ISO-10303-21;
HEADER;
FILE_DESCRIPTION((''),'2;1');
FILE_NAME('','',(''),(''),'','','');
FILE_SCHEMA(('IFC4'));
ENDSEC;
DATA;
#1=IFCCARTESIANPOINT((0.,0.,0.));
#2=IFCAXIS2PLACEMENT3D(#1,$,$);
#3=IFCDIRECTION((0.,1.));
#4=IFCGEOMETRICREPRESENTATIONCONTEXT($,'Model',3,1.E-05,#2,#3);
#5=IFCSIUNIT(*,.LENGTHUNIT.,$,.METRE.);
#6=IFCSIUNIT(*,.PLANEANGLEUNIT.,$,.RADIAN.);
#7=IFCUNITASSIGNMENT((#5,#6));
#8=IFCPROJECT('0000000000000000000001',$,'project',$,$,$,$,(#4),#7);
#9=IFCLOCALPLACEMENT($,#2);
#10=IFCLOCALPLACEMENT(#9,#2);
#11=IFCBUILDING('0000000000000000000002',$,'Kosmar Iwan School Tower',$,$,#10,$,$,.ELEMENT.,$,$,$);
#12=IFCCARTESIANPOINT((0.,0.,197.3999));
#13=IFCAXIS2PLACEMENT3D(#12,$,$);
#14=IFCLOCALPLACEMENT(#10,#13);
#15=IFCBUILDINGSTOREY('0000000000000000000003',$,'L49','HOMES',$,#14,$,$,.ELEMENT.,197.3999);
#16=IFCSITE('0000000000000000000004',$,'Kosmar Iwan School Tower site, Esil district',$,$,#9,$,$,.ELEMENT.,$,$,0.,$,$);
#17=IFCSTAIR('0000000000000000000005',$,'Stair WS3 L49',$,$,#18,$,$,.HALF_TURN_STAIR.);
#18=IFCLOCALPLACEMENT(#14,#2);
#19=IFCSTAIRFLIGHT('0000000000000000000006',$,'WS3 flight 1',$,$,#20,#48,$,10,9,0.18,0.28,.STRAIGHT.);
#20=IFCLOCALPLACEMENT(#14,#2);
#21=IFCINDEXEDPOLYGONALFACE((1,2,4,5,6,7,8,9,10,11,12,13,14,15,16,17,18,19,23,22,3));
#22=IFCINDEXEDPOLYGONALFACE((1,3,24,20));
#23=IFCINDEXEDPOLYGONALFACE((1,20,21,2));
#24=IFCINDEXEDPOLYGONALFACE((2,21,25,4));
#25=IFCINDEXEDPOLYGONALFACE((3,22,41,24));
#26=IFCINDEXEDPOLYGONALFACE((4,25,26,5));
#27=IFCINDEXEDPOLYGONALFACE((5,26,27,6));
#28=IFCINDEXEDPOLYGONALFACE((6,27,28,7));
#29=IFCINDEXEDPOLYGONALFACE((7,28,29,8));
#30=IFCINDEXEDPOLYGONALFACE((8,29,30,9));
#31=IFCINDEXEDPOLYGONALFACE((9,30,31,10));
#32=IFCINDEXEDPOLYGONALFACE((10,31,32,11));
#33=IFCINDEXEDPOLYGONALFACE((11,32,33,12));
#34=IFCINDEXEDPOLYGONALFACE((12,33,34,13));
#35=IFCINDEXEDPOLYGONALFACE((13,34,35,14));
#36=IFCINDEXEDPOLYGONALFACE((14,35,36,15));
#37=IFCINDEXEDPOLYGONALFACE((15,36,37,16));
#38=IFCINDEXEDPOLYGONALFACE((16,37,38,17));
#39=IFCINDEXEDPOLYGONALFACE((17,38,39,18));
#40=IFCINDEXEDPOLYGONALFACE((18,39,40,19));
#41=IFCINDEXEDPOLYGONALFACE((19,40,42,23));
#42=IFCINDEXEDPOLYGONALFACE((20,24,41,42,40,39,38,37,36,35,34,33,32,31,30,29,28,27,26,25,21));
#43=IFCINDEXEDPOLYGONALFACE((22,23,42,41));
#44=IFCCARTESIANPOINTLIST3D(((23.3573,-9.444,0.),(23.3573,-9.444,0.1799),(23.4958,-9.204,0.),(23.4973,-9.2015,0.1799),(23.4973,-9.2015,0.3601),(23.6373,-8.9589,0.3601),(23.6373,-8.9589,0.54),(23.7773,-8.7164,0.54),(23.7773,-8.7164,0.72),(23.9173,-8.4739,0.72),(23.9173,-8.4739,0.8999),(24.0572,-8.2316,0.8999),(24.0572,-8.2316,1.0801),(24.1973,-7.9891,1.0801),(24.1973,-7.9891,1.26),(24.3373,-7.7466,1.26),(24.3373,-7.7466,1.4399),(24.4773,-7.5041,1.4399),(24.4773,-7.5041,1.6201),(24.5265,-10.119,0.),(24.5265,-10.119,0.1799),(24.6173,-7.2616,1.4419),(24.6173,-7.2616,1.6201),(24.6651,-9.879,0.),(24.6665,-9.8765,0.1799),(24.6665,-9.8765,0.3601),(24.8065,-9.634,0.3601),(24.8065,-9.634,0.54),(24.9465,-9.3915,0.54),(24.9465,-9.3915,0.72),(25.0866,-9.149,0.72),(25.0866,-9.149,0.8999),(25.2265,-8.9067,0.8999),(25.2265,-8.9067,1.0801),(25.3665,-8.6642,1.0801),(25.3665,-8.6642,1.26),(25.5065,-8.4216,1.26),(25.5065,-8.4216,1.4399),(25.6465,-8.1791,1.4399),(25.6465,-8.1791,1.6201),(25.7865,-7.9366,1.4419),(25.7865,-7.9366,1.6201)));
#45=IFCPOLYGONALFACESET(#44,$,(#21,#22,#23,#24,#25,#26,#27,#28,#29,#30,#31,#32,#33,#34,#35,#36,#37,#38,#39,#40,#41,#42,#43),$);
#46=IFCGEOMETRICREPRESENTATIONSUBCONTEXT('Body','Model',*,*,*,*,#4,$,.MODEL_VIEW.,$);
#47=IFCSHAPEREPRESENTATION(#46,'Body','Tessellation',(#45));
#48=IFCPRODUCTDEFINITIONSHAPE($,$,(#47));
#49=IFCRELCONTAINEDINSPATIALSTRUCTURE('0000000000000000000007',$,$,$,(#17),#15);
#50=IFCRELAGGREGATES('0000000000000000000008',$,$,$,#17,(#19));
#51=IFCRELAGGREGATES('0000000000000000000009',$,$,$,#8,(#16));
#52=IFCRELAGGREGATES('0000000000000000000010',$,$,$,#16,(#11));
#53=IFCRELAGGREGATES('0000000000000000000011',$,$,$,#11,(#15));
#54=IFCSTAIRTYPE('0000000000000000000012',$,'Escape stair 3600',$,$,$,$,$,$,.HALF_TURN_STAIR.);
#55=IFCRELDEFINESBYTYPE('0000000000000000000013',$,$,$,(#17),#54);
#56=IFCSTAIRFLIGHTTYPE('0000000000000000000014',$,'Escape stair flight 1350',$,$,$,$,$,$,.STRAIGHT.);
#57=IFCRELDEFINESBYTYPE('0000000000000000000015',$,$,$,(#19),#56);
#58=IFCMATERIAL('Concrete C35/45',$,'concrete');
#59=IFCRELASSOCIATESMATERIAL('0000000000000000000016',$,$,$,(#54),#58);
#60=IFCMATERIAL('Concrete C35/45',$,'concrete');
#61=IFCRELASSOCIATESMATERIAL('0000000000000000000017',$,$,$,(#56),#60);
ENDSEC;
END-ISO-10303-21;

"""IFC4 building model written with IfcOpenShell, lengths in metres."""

from ifc_helpers import new_model, si_unit, direction, frame, origin, place, context, subcontext, project, spatial, polyline, outline, extrude, material, type_object, element, aggregate, save


model = new_model("IFC4")

# Units and contexts
model_context = context("Model", 3, precision=1e-05, world=origin(), true_north=direction((0.0, 1.0)))
body_context = subcontext(model_context, "Body", "Model", "MODEL_VIEW")
ifc_project = project(units=[si_unit("LENGTHUNIT", "METRE"), si_unit("PLANEANGLEUNIT", "RADIAN")], contexts=[model_context])

# Site, building, storey
site_placement = place(None, origin())
site = spatial("IfcSite", under=ifc_project, at=site_placement, Name="Kosmar Iwan School Tower site, Esil district", CompositionType="ELEMENT", RefElevation=0.0)
building_placement = place(site_placement, origin())
building = spatial("IfcBuilding", under=site, at=building_placement, Name="Kosmar Iwan School Tower", CompositionType="ELEMENT")
storey_placement = place(building_placement, frame((0.0, 0.0, 197.3999)))
storey = spatial("IfcBuildingStorey", under=building, at=storey_placement, Name="L49", Description="HOMES", CompositionType="ELEMENT", Elevation=197.3999)

# Stair, stair flight
ifc_material_1 = material(Name="Concrete C35/45", Category="concrete")
stair_type = type_object("IfcStairType", Name="Escape stair 3600", PredefinedType="HALF_TURN_STAIR", material=ifc_material_1)
stair_placement = place(storey_placement, origin())
stair = element("IfcStair", 1, at=stair_placement, inside=storey, type_object=stair_type, Name="Stair WS3 L49", PredefinedType="HALF_TURN_STAIR")
ifc_material_2 = material(Name="Concrete C35/45", Category="concrete")
stair_flight_type = type_object("IfcStairFlightType", Name="Escape stair flight 1350", PredefinedType="STRAIGHT", material=ifc_material_2)
stair_flight_placement = place(storey_placement, frame((23.9419, -9.7815, 0.0), z_axis=(0.0, 0.0, 1.0), x_axis=(0.5, 0.866025, 0.0)))
stair_flight = element("IfcStairFlight", 2, at=stair_flight_placement, type_object=stair_flight_type, Name="WS3 flight 1", NumberOfRisers=10, NumberOfTreads=9, PredefinedType="STRAIGHT", RiserHeight=0.18, TreadLength=0.28, context=body_context, shape_type="SweptSolid", body=[
    extrude(outline(polyline([(0.0, 0.0), (0.0, 0.1799), (0.28, 0.1799), (0.28, 0.3601), (0.5601, 0.3601), (0.5601, 0.54), (0.8401, 0.54), (0.8401, 0.72), (1.1201, 0.72), (1.1201, 0.8999), (1.3999, 0.8999), (1.3999, 1.0801), (1.6799, 1.0801), (1.6799, 1.26), (1.96, 1.26), (1.96, 1.4399), (2.24, 1.4399), (2.24, 1.6201), (2.52, 1.6201), (2.52, 1.8), (2.52, 1.4419), (0.2771, 0.0), (0.0, 0.0)])), frame((0.0, 0.675, 0.0), z_axis=(0.0, -1.0, 0.0), x_axis=(1.0, 0.0, 0.0)), (0.0, 0.0, 1.0), 1.3501),
])
aggregate(stair, [stair_flight])

save(model, "model.ifc")
